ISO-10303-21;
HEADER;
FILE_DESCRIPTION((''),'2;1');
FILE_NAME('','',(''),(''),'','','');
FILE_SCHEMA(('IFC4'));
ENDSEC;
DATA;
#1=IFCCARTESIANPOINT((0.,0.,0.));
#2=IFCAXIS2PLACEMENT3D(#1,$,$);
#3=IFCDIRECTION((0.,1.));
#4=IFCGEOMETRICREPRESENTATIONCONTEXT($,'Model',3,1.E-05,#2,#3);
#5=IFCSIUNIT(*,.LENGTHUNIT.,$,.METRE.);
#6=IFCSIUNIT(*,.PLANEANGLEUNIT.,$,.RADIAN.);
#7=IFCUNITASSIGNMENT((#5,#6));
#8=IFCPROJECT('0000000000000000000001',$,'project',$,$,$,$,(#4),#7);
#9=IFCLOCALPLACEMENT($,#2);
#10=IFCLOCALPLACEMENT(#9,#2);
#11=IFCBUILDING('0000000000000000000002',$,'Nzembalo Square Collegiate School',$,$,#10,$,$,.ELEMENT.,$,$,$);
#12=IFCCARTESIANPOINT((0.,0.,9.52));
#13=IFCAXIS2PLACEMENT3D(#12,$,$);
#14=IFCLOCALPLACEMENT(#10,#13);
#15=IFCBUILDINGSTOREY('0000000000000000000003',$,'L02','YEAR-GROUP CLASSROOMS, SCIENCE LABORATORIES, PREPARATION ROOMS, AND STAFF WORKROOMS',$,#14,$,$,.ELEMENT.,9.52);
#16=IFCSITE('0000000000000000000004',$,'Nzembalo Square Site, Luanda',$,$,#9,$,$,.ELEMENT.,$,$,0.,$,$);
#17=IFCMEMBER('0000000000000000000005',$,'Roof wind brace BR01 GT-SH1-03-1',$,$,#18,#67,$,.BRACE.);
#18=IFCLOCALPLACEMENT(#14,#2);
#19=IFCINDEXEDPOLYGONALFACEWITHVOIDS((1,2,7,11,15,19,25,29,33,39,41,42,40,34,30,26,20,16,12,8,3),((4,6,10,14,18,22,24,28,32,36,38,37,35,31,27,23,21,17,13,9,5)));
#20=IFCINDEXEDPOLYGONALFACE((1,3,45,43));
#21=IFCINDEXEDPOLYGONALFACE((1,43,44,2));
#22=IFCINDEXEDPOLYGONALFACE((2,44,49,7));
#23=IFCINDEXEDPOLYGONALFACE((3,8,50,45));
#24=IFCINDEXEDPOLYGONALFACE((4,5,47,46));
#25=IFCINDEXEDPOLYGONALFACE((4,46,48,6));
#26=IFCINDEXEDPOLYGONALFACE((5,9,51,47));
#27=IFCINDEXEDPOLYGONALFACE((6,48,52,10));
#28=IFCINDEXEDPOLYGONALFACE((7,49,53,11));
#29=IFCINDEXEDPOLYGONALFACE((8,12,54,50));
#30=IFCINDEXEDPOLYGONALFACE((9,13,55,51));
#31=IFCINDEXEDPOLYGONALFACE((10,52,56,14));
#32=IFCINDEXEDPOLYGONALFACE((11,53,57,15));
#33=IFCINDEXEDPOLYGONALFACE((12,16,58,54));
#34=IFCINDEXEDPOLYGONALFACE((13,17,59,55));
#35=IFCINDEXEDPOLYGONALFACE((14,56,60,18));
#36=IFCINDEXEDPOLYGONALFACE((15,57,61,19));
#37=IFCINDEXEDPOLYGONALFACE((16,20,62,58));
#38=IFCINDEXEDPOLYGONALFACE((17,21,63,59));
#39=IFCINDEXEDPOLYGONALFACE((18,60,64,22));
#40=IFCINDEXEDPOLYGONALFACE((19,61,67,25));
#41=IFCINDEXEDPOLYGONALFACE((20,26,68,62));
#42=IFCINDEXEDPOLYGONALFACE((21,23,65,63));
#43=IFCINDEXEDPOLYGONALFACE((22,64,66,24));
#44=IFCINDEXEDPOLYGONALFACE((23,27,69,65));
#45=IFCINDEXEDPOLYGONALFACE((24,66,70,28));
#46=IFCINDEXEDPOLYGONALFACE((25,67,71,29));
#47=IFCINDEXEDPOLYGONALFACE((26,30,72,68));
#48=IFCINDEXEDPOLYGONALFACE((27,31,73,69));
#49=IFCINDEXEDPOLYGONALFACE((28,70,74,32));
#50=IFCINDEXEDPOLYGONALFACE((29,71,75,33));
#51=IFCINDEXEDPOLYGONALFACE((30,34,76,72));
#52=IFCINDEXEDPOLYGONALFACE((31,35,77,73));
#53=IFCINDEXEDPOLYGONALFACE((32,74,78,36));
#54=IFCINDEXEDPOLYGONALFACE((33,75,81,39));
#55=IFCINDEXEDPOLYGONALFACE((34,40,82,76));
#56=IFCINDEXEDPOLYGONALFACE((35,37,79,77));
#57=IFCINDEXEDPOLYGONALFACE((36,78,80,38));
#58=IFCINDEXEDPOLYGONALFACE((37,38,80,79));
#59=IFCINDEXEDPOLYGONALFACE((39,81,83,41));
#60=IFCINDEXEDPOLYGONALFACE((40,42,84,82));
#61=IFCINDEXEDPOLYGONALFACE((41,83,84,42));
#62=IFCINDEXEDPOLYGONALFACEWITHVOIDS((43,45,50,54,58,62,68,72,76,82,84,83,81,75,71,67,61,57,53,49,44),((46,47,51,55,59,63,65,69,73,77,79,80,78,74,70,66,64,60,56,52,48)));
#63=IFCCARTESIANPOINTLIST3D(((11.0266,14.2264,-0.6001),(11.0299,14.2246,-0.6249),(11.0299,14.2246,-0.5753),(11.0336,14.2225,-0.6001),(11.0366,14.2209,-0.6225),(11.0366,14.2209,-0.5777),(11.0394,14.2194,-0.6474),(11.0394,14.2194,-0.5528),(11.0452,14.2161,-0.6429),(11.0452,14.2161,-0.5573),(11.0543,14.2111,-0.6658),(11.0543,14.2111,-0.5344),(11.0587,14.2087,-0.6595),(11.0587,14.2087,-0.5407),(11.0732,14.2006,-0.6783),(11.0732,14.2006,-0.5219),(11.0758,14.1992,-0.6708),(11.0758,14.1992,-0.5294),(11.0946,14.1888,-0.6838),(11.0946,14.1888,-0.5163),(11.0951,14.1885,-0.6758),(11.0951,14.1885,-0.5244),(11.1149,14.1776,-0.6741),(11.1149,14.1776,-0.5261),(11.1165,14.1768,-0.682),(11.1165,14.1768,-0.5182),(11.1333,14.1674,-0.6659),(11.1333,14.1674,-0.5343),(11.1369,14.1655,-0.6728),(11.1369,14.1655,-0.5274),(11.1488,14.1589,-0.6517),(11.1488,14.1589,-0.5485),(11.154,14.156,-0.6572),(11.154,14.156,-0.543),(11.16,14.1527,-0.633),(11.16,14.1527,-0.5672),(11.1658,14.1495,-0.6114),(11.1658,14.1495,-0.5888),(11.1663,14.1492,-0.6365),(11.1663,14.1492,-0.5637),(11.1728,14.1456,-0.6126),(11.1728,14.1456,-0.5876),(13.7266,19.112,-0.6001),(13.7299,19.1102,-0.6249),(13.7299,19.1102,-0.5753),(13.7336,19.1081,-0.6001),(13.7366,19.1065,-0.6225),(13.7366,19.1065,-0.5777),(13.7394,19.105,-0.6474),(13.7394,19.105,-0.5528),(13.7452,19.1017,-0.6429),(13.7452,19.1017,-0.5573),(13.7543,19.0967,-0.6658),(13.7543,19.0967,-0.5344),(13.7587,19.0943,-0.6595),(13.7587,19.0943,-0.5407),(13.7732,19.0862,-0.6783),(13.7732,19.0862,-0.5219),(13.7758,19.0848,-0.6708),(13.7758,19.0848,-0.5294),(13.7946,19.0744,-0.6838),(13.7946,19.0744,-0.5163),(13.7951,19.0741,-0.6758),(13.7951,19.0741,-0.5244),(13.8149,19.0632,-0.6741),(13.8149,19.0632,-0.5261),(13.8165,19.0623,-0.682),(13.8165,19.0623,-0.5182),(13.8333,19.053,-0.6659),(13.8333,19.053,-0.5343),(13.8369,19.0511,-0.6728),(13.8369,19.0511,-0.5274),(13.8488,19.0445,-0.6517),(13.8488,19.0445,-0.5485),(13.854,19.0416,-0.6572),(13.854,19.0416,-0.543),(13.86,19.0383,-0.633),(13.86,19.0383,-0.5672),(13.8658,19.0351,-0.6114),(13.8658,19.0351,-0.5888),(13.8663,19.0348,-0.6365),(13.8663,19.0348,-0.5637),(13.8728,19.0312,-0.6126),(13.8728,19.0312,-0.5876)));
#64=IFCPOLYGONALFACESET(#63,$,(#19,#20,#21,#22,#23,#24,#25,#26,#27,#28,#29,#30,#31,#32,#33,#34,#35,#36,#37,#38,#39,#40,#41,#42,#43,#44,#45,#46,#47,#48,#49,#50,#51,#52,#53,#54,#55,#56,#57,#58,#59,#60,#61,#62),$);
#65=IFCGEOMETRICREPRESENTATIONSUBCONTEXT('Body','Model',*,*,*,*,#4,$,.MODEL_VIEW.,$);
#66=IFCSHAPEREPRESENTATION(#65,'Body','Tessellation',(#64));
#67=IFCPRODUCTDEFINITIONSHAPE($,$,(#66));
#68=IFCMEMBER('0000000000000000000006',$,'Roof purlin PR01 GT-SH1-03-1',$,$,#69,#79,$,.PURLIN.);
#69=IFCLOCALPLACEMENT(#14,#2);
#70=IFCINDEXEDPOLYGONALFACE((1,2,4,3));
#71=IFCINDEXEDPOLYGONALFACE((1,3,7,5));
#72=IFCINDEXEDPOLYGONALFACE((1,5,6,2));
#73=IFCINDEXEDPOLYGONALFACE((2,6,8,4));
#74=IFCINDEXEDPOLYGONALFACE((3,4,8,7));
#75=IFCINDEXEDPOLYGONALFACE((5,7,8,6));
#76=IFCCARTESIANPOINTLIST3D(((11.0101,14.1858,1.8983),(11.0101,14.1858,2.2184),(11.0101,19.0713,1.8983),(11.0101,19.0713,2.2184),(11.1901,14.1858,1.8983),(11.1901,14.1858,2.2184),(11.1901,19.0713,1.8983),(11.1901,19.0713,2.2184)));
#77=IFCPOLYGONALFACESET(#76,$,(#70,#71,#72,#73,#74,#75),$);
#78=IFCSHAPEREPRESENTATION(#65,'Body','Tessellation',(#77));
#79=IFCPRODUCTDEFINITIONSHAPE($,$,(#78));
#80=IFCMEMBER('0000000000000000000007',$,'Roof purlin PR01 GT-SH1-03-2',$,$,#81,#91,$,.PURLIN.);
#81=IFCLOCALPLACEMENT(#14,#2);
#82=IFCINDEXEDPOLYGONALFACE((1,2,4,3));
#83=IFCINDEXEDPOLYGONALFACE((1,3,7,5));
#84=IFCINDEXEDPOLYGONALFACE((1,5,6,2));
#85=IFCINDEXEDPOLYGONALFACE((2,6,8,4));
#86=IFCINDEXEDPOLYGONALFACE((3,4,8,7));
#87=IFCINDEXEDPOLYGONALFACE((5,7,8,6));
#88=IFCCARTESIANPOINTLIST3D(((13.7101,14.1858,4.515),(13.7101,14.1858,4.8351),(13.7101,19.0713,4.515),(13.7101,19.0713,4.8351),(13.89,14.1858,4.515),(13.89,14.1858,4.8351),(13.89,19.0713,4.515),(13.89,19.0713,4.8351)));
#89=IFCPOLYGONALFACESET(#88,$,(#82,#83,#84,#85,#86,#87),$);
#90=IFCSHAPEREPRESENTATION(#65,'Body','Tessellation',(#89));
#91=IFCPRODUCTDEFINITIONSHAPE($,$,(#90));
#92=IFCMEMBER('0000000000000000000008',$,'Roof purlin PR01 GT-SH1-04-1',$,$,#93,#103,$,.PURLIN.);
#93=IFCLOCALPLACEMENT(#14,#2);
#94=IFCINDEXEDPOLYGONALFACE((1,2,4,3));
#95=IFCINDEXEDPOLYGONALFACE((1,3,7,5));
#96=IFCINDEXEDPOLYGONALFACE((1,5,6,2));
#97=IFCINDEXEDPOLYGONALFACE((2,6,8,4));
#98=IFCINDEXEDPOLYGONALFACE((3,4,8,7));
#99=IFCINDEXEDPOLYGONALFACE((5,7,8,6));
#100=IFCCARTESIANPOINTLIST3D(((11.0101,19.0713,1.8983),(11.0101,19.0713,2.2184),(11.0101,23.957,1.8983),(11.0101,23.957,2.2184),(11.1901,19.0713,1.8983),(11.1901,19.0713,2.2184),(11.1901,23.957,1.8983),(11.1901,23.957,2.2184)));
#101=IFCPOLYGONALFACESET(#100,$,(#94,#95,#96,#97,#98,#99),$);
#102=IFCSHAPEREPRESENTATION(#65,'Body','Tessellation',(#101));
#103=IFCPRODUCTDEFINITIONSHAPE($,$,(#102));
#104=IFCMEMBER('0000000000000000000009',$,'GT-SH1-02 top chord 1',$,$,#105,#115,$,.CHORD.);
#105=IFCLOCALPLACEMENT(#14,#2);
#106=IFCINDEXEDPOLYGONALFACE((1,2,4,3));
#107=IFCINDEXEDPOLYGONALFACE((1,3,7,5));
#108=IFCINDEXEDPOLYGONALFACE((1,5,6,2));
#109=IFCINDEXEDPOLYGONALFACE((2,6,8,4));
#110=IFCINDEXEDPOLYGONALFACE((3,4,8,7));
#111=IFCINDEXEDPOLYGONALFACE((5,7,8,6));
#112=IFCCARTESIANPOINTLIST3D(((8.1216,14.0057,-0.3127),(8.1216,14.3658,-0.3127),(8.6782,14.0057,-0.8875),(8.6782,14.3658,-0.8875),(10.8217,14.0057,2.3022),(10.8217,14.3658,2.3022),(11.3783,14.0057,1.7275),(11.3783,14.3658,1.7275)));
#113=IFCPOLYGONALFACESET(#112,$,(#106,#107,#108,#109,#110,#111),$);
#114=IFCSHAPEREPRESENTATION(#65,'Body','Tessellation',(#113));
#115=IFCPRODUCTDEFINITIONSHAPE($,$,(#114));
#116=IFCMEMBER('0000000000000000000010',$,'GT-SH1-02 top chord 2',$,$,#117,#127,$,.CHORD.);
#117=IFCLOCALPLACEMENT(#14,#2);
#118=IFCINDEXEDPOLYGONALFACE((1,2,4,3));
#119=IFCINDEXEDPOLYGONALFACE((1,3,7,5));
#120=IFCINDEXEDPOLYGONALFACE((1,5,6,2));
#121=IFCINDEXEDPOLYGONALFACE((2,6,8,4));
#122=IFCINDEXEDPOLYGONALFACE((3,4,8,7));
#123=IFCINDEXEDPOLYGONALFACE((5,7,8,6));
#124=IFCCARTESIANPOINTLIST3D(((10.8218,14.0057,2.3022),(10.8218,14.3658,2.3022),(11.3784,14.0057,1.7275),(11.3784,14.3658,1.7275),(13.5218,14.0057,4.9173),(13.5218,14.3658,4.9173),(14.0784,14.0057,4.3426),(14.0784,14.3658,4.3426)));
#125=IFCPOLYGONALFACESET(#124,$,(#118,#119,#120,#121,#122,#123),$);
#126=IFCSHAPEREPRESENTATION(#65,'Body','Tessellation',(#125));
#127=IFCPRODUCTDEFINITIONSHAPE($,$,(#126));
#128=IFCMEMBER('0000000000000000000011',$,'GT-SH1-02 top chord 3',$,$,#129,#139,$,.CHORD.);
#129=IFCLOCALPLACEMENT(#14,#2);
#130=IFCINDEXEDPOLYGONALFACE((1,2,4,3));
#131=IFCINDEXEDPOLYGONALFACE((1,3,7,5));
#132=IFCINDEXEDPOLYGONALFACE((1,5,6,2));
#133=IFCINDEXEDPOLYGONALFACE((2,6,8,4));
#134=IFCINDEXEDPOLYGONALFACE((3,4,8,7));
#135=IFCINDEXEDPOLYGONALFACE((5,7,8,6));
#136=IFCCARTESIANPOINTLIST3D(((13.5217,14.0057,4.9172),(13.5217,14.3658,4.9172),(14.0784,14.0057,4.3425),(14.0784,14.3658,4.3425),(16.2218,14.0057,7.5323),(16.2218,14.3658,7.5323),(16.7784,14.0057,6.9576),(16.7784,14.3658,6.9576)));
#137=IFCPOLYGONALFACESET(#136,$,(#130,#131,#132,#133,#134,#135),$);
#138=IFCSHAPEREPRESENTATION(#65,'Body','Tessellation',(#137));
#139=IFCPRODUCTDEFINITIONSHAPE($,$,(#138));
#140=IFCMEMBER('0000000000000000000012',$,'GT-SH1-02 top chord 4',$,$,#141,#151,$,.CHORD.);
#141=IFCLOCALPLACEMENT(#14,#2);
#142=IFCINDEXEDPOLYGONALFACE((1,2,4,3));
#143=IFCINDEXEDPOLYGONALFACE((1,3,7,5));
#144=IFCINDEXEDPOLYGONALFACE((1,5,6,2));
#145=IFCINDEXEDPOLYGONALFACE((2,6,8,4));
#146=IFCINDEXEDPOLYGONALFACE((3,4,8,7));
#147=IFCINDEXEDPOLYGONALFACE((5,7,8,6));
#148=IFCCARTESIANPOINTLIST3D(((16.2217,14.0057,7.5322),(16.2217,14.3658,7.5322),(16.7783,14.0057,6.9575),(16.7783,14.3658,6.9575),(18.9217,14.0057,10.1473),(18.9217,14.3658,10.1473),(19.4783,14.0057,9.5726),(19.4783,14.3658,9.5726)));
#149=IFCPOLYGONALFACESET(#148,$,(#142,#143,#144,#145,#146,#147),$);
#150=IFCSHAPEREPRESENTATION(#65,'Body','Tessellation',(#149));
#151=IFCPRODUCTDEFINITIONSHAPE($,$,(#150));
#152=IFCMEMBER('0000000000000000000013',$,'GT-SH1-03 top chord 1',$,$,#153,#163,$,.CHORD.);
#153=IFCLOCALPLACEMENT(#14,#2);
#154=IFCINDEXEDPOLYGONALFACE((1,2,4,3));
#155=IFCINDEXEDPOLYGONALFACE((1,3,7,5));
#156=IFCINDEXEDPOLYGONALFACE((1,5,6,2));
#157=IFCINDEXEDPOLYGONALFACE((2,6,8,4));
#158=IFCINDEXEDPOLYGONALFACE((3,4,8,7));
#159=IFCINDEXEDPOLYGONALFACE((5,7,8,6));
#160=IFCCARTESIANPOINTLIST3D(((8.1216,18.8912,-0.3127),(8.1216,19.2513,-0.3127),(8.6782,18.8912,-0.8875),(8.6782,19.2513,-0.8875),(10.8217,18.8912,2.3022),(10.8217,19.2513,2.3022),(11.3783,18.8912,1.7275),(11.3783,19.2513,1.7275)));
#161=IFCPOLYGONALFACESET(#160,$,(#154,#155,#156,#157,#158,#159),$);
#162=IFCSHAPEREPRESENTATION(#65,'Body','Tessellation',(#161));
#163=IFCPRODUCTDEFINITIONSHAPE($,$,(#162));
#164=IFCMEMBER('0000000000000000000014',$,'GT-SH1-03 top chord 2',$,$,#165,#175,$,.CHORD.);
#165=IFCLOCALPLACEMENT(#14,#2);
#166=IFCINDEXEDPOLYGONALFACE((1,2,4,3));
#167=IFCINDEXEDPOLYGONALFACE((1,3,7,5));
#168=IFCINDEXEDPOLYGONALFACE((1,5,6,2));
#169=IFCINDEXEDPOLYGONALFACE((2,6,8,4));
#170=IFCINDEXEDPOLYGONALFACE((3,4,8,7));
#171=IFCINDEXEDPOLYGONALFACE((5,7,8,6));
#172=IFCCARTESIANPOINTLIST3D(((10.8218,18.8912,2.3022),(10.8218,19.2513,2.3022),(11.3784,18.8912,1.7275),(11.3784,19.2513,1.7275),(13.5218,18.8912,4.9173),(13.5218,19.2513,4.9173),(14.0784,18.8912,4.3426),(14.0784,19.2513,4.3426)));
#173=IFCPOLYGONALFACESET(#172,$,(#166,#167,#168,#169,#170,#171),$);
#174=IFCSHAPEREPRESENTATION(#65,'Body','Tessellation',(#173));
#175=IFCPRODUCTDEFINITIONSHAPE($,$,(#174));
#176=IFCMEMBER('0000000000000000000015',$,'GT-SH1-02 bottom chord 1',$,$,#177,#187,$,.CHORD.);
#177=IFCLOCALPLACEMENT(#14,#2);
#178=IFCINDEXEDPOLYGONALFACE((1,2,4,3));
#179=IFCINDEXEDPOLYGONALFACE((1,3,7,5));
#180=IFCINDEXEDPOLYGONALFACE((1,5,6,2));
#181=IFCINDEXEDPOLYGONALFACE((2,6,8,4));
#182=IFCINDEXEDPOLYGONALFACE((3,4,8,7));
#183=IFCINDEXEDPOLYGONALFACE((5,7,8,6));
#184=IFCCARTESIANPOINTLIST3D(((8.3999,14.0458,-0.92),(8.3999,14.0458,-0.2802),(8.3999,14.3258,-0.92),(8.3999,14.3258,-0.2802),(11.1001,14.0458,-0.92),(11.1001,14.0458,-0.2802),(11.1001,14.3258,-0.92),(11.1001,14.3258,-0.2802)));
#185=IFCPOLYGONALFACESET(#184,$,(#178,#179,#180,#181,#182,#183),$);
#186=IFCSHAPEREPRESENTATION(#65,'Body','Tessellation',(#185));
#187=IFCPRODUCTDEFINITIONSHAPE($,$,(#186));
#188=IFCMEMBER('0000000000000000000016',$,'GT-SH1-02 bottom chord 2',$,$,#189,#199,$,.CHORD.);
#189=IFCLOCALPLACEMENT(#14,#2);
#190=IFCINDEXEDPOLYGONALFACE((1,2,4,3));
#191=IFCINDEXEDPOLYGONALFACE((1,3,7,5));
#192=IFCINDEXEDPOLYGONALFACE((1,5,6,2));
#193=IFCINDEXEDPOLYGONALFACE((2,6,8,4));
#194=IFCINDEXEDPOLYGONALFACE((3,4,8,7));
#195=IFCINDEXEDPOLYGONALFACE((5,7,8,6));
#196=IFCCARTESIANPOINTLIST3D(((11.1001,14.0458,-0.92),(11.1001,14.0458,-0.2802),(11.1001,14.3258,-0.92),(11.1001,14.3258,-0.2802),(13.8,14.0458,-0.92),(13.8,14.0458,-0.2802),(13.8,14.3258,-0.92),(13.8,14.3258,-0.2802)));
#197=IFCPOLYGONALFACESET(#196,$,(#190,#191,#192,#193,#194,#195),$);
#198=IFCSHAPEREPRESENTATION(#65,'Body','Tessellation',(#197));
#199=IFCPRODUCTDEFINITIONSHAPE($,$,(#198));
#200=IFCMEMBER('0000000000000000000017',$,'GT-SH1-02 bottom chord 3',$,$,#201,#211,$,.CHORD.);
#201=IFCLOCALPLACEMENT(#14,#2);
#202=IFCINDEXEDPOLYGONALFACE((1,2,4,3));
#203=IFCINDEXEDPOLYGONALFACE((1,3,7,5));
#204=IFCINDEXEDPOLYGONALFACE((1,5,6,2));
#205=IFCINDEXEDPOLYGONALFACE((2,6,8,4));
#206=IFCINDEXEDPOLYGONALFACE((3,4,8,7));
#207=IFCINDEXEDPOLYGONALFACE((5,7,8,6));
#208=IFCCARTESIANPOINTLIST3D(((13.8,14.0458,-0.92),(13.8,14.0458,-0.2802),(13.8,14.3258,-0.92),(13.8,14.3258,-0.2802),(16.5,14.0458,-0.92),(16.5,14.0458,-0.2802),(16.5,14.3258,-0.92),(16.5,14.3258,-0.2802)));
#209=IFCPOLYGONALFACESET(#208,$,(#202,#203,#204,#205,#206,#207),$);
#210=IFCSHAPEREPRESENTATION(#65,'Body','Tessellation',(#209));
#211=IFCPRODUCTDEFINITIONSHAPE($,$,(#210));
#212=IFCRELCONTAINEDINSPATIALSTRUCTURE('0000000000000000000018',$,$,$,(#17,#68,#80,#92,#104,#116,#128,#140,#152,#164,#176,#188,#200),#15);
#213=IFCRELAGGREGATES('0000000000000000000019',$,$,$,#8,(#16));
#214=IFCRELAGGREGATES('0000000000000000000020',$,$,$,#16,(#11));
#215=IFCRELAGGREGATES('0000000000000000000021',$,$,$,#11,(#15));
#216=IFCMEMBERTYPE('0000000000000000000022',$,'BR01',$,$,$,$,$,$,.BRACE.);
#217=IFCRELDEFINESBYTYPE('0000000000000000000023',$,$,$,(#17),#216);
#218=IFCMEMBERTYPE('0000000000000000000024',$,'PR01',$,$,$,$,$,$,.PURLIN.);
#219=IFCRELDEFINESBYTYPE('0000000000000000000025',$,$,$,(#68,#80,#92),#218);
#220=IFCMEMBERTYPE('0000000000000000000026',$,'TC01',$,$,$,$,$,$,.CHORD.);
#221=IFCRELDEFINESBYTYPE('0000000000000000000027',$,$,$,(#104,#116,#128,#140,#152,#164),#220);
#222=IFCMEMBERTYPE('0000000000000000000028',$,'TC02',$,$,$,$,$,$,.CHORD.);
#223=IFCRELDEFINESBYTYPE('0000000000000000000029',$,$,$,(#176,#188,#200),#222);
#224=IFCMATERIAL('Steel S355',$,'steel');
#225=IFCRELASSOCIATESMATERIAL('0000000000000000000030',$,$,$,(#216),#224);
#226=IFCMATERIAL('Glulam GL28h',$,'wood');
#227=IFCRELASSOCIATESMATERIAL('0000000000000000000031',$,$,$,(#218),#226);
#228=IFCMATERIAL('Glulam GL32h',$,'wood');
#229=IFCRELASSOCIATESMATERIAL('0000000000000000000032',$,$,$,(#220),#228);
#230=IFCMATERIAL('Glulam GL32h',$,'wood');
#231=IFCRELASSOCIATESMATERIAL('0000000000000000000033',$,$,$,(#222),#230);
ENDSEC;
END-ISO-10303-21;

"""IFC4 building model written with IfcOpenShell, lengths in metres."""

from ifc_helpers import new_model, si_unit, direction, frame, origin, origin_2d, place, context, subcontext, project, spatial, rectangle, hollow_circle, extrude, material, material_profile, profile_set, type_object, element, save


model = new_model("IFC4")

# Units and contexts
model_context = context("Model", 3, precision=1e-05, world=origin(), true_north=direction((0.0, 1.0)))
body_context = subcontext(model_context, "Body", "Model", "MODEL_VIEW")
ifc_project = project(units=[si_unit("LENGTHUNIT", "METRE"), si_unit("PLANEANGLEUNIT", "RADIAN")], contexts=[model_context])

# Site, building, storey
site_placement = place(None, origin())
site = spatial("IfcSite", under=ifc_project, at=site_placement, Name="Nzembalo Square Site, Luanda", CompositionType="ELEMENT", RefElevation=0.0)
building_placement = place(site_placement, origin())
building = spatial("IfcBuilding", under=site, at=building_placement, Name="Nzembalo Square Collegiate School", CompositionType="ELEMENT")
storey_placement = place(building_placement, frame((0.0, 0.0, 9.52)))
storey = spatial("IfcBuildingStorey", under=building, at=storey_placement, Name="L02", Description="YEAR-GROUP CLASSROOMS, SCIENCE LABORATORIES, PREPARATION ROOMS, AND STAFF WORKROOMS", CompositionType="ELEMENT", Elevation=9.52)

# Members
ifc_material_1 = material(Name="Steel S355", Category="steel")
ifc_material_profile_1 = material_profile(ifc_material_1, hollow_circle(Radius=0.084, WallThickness=0.0081, at=origin_2d()), Name="CHS 168x8")
ifc_profile_set_1 = profile_set([ifc_material_profile_1], Name="Steel S355")
member_type_1 = type_object("IfcMemberType", Name="BR01", PredefinedType="BRACE", material=ifc_profile_set_1)
member_1_placement = place(storey_placement, frame((11.1001, 14.1858, -0.6001), z_axis=(0.483696, 0.875236, 0.0), x_axis=(-0.875236, 0.483696, 0.0)))
element("IfcMember", 1, at=member_1_placement, inside=storey, type_object=member_type_1, Name="Roof wind brace BR01 GT-SH1-03-1", PredefinedType="BRACE", context=body_context, shape_type="SweptSolid", body=[
    extrude(hollow_circle(Radius=0.084, WallThickness=0.0081, at=origin_2d()), origin(), (0.0, 0.0, 1.0), 5.582),
])
ifc_material_2 = material(Name="Glulam GL28h", Category="wood")
ifc_material_profile_2 = material_profile(ifc_material_2, rectangle(XDim=0.1799, YDim=0.3201, at=origin_2d()), Name="GL28h 180x320")
ifc_profile_set_2 = profile_set([ifc_material_profile_2], Name="Glulam GL28h")
member_type_2 = type_object("IfcMemberType", Name="PR01", PredefinedType="PURLIN", material=ifc_profile_set_2)
for number, where, z_axis, x_axis, name in (
    (2, (11.1001, 14.1858, 2.0583), (0.0, 1.0, 0.0), (-1.0, 0.0, 0.0), "Roof purlin PR01 GT-SH1-03-1"),
    (3, (13.8, 14.1858, 4.675), (0.0, 1.0, 0.0), (-1.0, 0.0, 0.0), "Roof purlin PR01 GT-SH1-03-2"),
):
    element("IfcMember", number, at=place(storey_placement, frame(where, z_axis=z_axis, x_axis=x_axis)), inside=storey, type_object=member_type_2, Name=name, PredefinedType="PURLIN", context=body_context, shape_type="SweptSolid", body=[
        extrude(rectangle(XDim=0.1799, YDim=0.3201, at=origin_2d()), origin(), (0.0, 0.0, 1.0), 4.8855),
    ])
member_2_placement = place(storey_placement, frame((11.1001, 19.0713, 2.0583), z_axis=(0.0, 1.0, 0.0), x_axis=(-1.0, 0.0, 0.0)))
element("IfcMember", 4, at=member_2_placement, inside=storey, type_object=member_type_2, Name="Roof purlin PR01 GT-SH1-04-1", PredefinedType="PURLIN", context=body_context, shape_type="SweptSolid", body=[
    extrude(rectangle(XDim=0.1799, YDim=0.3201, at=origin_2d()), origin(), (0.0, 0.0, 1.0), 4.8857),
])
ifc_material_3 = material(Name="Glulam GL32h", Category="wood")
ifc_material_profile_3 = material_profile(ifc_material_3, rectangle(XDim=0.3601, YDim=0.8, at=origin_2d()), Name="GL32h 360x800")
ifc_profile_set_3 = profile_set([ifc_material_profile_3], Name="Glulam GL32h")
member_type_3 = type_object("IfcMemberType", Name="TC01", PredefinedType="CHORD", material=ifc_profile_set_3)
for number, where, z_axis, x_axis, name in (
    (5, (8.3999, 14.1858, -0.6001), (0.71835, 0.0, 0.695682), (0.0, 1.0, 0.0), "GT-SH1-02 top chord 1"),
    (6, (11.1001, 14.1858, 2.0149), (0.718318, 0.0, 0.695715), (0.0, 1.0, 0.0), "GT-SH1-02 top chord 2"),
    (7, (13.8, 14.1858, 4.6299), (0.718318, 0.0, 0.695715), (0.0, 1.0, 0.0), "GT-SH1-02 top chord 3"),
    (8, (16.5, 14.1858, 7.2449), (0.718318, 0.0, 0.695715), (0.0, 1.0, 0.0), "GT-SH1-02 top chord 4"),
    (9, (8.3999, 19.0713, -0.6001), (0.71835, 0.0, 0.695682), (0.0, 1.0, 0.0), "GT-SH1-03 top chord 1"),
    (10, (11.1001, 19.0713, 2.0149), (0.718318, 0.0, 0.695715), (0.0, 1.0, 0.0), "GT-SH1-03 top chord 2"),
):
    element("IfcMember", number, at=place(storey_placement, frame(where, z_axis=z_axis, x_axis=x_axis)), inside=storey, type_object=member_type_3, Name=name, PredefinedType="CHORD", context=body_context, shape_type="SweptSolid", body=[
        extrude(rectangle(XDim=0.3601, YDim=0.8, at=origin_2d()), origin(), (0.0, 0.0, 1.0), 3.7588),
    ])
ifc_material_4 = material(Name="Glulam GL32h", Category="wood")
ifc_material_profile_4 = material_profile(ifc_material_4, rectangle(XDim=0.28, YDim=0.6399, at=origin_2d()), Name="GL32h 280x640")
ifc_profile_set_4 = profile_set([ifc_material_profile_4], Name="Glulam GL32h")
member_type_4 = type_object("IfcMemberType", Name="TC02", PredefinedType="CHORD", material=ifc_profile_set_4)
member_3_placement = place(storey_placement, frame((8.3999, 14.1858, -0.6001), z_axis=(1.0, 0.0, 0.0), x_axis=(0.0, 1.0, 0.0)))
element("IfcMember", 11, at=member_3_placement, inside=storey, type_object=member_type_4, Name="GT-SH1-02 bottom chord 1", PredefinedType="CHORD", context=body_context, shape_type="SweptSolid", body=[
    extrude(rectangle(XDim=0.28, YDim=0.6399, at=origin_2d()), origin(), (0.0, 0.0, 1.0), 2.7002),
])
for number, where, z_axis, x_axis, name in (
    (12, (11.1001, 14.1858, -0.6001), (1.0, 0.0, 0.0), (0.0, 1.0, 0.0), "GT-SH1-02 bottom chord 2"),
    (13, (13.8, 14.1858, -0.6001), (1.0, 0.0, 0.0), (0.0, 1.0, 0.0), "GT-SH1-02 bottom chord 3"),
):
    element("IfcMember", number, at=place(storey_placement, frame(where, z_axis=z_axis, x_axis=x_axis)), inside=storey, type_object=member_type_4, Name=name, PredefinedType="CHORD", context=body_context, shape_type="SweptSolid", body=[
        extrude(rectangle(XDim=0.28, YDim=0.6399, at=origin_2d()), origin(), (0.0, 0.0, 1.0), 2.7),
    ])

save(model, "model.ifc")
